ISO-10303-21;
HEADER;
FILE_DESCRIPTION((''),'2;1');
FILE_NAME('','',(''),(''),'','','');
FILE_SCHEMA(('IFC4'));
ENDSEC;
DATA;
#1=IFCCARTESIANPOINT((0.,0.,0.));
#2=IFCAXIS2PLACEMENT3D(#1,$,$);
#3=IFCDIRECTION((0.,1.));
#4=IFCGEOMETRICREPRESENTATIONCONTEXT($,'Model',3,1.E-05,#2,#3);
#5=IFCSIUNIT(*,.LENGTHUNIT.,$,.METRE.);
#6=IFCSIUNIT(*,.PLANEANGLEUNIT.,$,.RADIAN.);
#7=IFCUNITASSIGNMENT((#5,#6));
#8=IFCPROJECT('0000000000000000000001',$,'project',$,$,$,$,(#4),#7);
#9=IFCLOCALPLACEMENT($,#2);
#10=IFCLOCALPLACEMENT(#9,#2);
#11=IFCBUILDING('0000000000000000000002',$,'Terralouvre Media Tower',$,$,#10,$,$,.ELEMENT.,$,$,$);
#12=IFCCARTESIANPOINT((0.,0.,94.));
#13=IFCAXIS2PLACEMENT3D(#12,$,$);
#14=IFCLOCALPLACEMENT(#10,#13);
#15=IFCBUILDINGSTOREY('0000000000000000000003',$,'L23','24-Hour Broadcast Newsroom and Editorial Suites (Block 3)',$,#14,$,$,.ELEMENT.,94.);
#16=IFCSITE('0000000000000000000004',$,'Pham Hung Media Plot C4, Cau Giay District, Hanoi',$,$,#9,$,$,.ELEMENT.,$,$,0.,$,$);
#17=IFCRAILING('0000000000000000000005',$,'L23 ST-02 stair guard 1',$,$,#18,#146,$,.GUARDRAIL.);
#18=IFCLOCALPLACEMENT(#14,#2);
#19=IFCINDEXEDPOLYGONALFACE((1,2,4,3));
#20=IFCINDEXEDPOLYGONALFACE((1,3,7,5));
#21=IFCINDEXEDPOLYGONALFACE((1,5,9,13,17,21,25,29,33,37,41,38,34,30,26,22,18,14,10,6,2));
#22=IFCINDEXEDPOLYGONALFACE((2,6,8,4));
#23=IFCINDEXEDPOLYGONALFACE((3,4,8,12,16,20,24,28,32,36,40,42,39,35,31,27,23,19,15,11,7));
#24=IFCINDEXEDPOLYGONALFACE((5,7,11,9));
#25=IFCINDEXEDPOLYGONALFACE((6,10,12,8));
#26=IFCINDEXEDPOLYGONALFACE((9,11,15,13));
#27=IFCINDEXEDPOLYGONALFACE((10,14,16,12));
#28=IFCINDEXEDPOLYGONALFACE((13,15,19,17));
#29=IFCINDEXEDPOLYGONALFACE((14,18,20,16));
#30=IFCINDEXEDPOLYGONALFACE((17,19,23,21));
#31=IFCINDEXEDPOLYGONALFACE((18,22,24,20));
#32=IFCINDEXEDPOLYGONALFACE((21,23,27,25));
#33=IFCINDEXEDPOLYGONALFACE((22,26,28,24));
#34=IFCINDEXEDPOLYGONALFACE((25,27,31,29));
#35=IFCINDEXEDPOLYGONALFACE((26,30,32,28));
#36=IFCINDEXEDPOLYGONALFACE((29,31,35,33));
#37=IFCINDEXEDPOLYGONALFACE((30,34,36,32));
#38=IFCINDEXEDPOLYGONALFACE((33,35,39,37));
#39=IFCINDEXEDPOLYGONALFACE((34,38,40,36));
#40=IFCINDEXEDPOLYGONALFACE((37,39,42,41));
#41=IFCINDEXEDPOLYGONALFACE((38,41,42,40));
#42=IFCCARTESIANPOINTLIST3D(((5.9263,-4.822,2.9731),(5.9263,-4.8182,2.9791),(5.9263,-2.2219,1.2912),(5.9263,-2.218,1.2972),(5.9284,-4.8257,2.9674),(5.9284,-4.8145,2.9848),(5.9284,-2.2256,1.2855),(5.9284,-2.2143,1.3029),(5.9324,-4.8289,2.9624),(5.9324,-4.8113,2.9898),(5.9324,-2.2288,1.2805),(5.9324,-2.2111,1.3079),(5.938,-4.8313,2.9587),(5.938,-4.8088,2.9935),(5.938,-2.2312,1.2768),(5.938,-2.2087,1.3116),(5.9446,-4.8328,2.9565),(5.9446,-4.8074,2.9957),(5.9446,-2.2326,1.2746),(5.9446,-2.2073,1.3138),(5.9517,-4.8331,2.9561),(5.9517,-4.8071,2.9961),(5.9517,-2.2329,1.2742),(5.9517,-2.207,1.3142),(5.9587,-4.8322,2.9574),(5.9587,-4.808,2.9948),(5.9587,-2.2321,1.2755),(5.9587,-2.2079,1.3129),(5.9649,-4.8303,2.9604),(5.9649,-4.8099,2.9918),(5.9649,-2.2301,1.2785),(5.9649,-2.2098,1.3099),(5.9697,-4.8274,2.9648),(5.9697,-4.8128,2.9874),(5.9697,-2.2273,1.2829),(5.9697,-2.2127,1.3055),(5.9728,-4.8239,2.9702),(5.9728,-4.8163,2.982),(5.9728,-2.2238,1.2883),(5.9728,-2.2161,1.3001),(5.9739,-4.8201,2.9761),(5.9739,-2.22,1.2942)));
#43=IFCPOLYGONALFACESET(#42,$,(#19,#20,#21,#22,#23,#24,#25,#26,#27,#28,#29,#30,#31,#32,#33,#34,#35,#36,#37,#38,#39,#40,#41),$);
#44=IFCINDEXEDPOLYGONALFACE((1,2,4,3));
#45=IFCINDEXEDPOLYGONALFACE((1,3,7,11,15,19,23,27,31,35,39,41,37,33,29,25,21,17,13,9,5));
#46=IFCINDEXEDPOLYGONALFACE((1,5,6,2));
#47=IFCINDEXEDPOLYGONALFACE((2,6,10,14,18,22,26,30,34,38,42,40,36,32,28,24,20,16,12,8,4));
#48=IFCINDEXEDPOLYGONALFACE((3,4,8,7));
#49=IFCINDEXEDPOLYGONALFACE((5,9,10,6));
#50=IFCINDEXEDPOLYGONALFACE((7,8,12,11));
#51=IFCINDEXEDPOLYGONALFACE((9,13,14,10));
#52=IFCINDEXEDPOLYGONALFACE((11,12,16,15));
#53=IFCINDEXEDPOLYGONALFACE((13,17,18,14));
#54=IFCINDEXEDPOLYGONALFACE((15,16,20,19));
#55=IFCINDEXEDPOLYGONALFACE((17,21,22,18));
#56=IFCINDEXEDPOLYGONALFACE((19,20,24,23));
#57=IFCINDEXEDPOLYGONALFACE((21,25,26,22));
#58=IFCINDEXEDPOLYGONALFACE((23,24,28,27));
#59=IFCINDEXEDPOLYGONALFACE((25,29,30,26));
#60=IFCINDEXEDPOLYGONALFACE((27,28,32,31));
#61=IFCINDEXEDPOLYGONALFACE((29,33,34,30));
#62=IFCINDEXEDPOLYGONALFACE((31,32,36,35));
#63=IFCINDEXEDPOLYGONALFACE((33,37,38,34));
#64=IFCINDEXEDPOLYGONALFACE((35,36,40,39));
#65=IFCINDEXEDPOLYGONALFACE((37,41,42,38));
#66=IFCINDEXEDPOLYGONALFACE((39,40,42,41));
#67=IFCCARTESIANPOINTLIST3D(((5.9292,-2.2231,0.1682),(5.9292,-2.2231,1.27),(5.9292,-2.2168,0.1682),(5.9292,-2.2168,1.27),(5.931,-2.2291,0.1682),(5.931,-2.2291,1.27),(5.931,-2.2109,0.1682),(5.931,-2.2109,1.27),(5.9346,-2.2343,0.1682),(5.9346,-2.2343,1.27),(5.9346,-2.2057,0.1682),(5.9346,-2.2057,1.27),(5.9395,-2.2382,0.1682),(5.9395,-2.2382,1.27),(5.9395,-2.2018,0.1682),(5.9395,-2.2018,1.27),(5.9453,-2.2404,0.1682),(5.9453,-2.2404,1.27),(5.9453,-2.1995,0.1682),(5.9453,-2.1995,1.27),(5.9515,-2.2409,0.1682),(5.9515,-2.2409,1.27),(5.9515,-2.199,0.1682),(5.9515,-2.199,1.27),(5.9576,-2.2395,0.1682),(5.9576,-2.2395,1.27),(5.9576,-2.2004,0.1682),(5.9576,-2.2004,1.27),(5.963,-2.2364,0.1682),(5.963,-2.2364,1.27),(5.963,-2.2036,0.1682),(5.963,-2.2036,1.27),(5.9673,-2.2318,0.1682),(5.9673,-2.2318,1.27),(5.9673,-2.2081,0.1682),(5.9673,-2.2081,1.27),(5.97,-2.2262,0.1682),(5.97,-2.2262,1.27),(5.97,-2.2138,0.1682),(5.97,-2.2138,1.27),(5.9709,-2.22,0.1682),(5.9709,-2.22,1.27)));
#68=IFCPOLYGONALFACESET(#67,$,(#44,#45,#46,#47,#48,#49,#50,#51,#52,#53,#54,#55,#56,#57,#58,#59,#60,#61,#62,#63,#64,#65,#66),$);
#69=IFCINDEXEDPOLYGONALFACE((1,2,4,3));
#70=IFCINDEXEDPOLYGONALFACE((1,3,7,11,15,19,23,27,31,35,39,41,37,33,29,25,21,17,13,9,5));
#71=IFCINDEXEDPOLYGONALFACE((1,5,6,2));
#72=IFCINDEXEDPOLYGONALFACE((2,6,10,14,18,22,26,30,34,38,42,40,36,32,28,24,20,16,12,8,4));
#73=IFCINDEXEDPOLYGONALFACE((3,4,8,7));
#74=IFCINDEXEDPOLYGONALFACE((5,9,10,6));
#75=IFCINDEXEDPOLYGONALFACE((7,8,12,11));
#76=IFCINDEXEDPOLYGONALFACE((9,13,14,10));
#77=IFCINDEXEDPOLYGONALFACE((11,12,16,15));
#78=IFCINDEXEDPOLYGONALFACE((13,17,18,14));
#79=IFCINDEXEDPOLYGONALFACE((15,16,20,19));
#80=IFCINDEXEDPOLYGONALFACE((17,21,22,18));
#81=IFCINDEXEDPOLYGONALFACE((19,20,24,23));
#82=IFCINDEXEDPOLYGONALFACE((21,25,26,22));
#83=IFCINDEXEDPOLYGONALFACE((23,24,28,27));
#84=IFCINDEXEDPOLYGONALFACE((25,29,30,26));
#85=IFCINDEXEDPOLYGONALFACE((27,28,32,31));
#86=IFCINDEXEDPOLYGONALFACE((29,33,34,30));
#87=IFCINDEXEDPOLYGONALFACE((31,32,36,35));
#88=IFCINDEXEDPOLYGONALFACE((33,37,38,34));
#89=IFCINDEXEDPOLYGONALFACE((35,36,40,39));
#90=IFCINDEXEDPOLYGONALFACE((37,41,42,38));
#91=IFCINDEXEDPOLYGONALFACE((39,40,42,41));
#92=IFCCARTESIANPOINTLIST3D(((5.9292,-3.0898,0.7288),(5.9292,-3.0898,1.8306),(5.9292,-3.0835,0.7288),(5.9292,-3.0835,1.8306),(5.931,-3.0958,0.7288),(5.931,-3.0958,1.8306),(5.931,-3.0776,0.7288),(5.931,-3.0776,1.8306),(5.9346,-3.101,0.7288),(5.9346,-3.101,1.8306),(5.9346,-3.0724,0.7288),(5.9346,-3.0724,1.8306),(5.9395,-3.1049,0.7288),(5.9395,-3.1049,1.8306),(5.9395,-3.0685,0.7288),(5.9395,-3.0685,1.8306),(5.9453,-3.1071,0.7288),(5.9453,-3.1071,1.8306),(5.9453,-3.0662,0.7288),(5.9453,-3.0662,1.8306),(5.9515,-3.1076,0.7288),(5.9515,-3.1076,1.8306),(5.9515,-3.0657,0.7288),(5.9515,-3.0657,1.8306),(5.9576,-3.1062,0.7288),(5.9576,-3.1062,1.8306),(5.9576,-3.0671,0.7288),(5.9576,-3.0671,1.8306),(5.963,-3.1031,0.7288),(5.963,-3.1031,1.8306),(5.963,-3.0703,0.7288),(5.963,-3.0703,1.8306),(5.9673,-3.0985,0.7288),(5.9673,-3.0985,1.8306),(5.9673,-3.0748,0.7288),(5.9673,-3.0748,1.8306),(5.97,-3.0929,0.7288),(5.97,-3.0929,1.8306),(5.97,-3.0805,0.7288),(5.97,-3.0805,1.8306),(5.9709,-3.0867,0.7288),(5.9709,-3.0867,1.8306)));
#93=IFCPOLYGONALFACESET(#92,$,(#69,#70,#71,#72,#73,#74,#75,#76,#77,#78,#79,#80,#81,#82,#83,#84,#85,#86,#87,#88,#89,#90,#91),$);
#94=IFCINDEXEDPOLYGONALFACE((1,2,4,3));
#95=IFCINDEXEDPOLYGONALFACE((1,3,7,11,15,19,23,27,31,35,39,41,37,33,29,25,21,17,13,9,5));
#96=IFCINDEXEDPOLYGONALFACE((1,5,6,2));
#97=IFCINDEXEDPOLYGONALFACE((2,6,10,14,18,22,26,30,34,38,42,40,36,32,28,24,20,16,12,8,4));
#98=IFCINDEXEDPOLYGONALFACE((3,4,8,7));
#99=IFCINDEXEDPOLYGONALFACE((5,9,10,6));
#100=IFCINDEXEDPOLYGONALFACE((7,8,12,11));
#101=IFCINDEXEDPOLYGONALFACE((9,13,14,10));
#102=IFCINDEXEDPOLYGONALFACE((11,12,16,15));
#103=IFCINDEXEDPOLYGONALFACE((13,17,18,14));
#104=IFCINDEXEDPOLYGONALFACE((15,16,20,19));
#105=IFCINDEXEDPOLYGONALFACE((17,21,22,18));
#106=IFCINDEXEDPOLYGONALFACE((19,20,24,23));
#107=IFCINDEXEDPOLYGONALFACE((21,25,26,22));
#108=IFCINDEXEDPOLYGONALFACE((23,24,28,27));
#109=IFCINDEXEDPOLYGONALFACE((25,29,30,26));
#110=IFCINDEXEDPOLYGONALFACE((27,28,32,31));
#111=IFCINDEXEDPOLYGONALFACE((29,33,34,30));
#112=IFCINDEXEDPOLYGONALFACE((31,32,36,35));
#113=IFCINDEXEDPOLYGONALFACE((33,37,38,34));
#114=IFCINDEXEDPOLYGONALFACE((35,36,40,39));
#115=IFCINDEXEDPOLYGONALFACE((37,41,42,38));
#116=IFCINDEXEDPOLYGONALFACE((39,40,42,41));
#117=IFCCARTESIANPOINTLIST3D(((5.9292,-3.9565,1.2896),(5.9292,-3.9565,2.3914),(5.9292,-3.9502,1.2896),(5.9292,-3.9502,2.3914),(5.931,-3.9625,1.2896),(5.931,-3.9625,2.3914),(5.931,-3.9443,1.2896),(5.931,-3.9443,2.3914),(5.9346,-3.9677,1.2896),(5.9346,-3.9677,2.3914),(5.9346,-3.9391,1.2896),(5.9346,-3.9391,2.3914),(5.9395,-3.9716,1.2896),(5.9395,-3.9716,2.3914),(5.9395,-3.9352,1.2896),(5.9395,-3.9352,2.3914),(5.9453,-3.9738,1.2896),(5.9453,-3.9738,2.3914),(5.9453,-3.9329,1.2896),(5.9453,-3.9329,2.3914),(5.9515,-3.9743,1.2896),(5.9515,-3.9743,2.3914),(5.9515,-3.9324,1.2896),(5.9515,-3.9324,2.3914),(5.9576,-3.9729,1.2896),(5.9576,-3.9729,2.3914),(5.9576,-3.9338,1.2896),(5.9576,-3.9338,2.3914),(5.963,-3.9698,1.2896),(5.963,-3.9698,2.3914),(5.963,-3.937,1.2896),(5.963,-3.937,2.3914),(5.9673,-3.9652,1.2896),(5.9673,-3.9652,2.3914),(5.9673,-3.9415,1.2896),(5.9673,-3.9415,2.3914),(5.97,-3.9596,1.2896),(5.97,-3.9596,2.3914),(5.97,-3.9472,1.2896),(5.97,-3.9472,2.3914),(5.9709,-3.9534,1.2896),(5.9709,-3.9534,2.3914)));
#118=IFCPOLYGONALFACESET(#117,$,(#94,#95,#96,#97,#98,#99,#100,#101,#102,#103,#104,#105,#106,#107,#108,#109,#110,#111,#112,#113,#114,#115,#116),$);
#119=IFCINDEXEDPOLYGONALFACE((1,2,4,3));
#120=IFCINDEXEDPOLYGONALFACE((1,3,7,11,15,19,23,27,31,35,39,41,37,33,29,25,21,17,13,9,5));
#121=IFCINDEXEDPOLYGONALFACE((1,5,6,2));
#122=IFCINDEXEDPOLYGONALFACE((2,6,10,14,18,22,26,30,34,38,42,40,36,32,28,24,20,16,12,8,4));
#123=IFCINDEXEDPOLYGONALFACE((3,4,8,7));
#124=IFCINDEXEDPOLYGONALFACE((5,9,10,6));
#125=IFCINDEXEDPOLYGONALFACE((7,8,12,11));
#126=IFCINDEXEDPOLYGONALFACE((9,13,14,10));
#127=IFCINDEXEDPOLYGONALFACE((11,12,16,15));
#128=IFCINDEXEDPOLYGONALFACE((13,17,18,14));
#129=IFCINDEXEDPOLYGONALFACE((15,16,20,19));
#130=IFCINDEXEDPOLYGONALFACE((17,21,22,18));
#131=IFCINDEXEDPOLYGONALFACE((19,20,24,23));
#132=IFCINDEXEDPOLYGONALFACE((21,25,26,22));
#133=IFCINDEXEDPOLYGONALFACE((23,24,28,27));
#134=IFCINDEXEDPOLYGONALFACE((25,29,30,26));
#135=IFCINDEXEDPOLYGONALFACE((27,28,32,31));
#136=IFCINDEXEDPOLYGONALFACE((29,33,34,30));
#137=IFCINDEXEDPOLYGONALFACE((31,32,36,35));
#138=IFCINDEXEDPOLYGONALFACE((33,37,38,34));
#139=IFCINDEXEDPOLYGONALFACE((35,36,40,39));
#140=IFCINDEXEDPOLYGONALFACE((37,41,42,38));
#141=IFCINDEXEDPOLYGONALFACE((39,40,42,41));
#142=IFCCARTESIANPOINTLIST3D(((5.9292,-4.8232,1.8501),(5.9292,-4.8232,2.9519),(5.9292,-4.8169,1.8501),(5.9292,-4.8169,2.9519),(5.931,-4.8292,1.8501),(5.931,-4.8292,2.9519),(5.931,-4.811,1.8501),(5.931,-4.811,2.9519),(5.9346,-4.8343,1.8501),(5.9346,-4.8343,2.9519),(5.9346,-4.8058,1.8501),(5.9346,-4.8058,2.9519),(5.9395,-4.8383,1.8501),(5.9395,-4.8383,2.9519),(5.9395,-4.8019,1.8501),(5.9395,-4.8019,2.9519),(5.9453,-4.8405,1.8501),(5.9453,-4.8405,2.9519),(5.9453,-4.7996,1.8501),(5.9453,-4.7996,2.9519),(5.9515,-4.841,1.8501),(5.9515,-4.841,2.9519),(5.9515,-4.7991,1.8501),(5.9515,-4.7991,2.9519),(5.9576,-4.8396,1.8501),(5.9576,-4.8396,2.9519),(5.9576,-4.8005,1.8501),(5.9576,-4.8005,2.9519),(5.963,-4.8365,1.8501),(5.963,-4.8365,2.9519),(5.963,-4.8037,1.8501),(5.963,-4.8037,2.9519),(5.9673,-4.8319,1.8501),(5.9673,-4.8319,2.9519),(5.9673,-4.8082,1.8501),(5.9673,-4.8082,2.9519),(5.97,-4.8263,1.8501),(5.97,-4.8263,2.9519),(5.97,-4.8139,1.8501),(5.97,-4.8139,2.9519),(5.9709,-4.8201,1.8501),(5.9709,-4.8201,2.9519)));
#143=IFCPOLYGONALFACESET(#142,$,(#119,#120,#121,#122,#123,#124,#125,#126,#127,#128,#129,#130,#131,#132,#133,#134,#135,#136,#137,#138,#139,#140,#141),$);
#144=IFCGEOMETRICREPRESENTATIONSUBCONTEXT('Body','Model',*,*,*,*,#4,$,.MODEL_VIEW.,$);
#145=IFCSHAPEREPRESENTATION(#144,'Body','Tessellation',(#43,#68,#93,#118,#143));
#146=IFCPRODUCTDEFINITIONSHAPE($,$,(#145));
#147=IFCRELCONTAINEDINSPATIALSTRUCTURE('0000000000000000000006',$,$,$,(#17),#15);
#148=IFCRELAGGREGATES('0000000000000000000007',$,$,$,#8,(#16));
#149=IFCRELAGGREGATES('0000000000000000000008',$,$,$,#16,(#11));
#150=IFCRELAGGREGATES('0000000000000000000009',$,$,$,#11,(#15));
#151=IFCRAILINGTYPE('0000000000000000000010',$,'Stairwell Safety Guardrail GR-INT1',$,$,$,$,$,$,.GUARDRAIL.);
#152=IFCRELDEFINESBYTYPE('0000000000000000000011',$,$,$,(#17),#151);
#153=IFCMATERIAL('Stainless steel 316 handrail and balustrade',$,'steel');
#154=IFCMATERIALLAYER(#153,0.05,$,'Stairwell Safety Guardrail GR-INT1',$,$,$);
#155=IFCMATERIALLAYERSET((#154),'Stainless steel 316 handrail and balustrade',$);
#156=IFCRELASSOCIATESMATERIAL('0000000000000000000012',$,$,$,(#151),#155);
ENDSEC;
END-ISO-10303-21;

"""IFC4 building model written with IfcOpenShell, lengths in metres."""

from ifc_helpers import new_model, si_unit, direction, frame, origin, origin_2d, place, context, subcontext, project, spatial, circle, extrude, material, layer, layer_set, type_object, element, save


model = new_model("IFC4")

# Units and contexts
model_context = context("Model", 3, precision=1e-05, world=origin(), true_north=direction((0.0, 1.0)))
body_context = subcontext(model_context, "Body", "Model", "MODEL_VIEW")
ifc_project = project(units=[si_unit("LENGTHUNIT", "METRE"), si_unit("PLANEANGLEUNIT", "RADIAN")], contexts=[model_context])

# Site, building, storey
site_placement = place(None, origin())
site = spatial("IfcSite", under=ifc_project, at=site_placement, Name="Pham Hung Media Plot C4, Cau Giay District, Hanoi", CompositionType="ELEMENT", RefElevation=0.0)
building_placement = place(site_placement, origin())
building = spatial("IfcBuilding", under=site, at=building_placement, Name="Terralouvre Media Tower", CompositionType="ELEMENT")
storey_placement = place(building_placement, frame((0.0, 0.0, 94.0)))
storey = spatial("IfcBuildingStorey", under=building, at=storey_placement, Name="L23", Description="24-Hour Broadcast Newsroom and Editorial Suites (Block 3)", CompositionType="ELEMENT", Elevation=94.0)

# Railing
ifc_material_1 = material(Name="Stainless steel 316 handrail and balustrade", Category="steel")
ifc_layer_1 = layer(ifc_material_1, 0.05, Name="Stairwell Safety Guardrail GR-INT1")
ifc_layer_set_1 = layer_set([ifc_layer_1], Name="Stainless steel 316 handrail and balustrade")
railing_type_1 = type_object("IfcRailingType", Name="Stairwell Safety Guardrail GR-INT1", PredefinedType="GUARDRAIL", material=ifc_layer_set_1)
railing_1_placement = place(storey_placement, frame((5.95, -2.22, 0.1682)))
element("IfcRailing", 1, at=railing_1_placement, inside=storey, type_object=railing_type_1, Name="L23 ST-02 stair guard 1", PredefinedType="GUARDRAIL", context=body_context, shape_type="SweptSolid", body=[
    extrude(circle(Radius=0.0239, at=origin_2d()), frame((0.0, 0.0, 1.126), z_axis=(0.0, -0.839648, 0.54313), x_axis=(1.0, 0.0, 0.0)), (0.0, 0.0, 1.0), 3.0967),
    extrude(circle(Radius=0.021, at=origin_2d()), origin(), (0.0, 0.0, 1.0), 1.1018),
    extrude(circle(Radius=0.021, at=origin_2d()), frame((0.0, -0.8667, 0.5605)), (0.0, 0.0, 1.0), 1.1018),
    extrude(circle(Radius=0.021, at=origin_2d()), frame((0.0, -1.7334, 1.1213)), (0.0, 0.0, 1.0), 1.1018),
    extrude(circle(Radius=0.021, at=origin_2d()), frame((0.0, -2.6001, 1.6819)), (0.0, 0.0, 1.0), 1.1018),
])

save(model, "model.ifc")
